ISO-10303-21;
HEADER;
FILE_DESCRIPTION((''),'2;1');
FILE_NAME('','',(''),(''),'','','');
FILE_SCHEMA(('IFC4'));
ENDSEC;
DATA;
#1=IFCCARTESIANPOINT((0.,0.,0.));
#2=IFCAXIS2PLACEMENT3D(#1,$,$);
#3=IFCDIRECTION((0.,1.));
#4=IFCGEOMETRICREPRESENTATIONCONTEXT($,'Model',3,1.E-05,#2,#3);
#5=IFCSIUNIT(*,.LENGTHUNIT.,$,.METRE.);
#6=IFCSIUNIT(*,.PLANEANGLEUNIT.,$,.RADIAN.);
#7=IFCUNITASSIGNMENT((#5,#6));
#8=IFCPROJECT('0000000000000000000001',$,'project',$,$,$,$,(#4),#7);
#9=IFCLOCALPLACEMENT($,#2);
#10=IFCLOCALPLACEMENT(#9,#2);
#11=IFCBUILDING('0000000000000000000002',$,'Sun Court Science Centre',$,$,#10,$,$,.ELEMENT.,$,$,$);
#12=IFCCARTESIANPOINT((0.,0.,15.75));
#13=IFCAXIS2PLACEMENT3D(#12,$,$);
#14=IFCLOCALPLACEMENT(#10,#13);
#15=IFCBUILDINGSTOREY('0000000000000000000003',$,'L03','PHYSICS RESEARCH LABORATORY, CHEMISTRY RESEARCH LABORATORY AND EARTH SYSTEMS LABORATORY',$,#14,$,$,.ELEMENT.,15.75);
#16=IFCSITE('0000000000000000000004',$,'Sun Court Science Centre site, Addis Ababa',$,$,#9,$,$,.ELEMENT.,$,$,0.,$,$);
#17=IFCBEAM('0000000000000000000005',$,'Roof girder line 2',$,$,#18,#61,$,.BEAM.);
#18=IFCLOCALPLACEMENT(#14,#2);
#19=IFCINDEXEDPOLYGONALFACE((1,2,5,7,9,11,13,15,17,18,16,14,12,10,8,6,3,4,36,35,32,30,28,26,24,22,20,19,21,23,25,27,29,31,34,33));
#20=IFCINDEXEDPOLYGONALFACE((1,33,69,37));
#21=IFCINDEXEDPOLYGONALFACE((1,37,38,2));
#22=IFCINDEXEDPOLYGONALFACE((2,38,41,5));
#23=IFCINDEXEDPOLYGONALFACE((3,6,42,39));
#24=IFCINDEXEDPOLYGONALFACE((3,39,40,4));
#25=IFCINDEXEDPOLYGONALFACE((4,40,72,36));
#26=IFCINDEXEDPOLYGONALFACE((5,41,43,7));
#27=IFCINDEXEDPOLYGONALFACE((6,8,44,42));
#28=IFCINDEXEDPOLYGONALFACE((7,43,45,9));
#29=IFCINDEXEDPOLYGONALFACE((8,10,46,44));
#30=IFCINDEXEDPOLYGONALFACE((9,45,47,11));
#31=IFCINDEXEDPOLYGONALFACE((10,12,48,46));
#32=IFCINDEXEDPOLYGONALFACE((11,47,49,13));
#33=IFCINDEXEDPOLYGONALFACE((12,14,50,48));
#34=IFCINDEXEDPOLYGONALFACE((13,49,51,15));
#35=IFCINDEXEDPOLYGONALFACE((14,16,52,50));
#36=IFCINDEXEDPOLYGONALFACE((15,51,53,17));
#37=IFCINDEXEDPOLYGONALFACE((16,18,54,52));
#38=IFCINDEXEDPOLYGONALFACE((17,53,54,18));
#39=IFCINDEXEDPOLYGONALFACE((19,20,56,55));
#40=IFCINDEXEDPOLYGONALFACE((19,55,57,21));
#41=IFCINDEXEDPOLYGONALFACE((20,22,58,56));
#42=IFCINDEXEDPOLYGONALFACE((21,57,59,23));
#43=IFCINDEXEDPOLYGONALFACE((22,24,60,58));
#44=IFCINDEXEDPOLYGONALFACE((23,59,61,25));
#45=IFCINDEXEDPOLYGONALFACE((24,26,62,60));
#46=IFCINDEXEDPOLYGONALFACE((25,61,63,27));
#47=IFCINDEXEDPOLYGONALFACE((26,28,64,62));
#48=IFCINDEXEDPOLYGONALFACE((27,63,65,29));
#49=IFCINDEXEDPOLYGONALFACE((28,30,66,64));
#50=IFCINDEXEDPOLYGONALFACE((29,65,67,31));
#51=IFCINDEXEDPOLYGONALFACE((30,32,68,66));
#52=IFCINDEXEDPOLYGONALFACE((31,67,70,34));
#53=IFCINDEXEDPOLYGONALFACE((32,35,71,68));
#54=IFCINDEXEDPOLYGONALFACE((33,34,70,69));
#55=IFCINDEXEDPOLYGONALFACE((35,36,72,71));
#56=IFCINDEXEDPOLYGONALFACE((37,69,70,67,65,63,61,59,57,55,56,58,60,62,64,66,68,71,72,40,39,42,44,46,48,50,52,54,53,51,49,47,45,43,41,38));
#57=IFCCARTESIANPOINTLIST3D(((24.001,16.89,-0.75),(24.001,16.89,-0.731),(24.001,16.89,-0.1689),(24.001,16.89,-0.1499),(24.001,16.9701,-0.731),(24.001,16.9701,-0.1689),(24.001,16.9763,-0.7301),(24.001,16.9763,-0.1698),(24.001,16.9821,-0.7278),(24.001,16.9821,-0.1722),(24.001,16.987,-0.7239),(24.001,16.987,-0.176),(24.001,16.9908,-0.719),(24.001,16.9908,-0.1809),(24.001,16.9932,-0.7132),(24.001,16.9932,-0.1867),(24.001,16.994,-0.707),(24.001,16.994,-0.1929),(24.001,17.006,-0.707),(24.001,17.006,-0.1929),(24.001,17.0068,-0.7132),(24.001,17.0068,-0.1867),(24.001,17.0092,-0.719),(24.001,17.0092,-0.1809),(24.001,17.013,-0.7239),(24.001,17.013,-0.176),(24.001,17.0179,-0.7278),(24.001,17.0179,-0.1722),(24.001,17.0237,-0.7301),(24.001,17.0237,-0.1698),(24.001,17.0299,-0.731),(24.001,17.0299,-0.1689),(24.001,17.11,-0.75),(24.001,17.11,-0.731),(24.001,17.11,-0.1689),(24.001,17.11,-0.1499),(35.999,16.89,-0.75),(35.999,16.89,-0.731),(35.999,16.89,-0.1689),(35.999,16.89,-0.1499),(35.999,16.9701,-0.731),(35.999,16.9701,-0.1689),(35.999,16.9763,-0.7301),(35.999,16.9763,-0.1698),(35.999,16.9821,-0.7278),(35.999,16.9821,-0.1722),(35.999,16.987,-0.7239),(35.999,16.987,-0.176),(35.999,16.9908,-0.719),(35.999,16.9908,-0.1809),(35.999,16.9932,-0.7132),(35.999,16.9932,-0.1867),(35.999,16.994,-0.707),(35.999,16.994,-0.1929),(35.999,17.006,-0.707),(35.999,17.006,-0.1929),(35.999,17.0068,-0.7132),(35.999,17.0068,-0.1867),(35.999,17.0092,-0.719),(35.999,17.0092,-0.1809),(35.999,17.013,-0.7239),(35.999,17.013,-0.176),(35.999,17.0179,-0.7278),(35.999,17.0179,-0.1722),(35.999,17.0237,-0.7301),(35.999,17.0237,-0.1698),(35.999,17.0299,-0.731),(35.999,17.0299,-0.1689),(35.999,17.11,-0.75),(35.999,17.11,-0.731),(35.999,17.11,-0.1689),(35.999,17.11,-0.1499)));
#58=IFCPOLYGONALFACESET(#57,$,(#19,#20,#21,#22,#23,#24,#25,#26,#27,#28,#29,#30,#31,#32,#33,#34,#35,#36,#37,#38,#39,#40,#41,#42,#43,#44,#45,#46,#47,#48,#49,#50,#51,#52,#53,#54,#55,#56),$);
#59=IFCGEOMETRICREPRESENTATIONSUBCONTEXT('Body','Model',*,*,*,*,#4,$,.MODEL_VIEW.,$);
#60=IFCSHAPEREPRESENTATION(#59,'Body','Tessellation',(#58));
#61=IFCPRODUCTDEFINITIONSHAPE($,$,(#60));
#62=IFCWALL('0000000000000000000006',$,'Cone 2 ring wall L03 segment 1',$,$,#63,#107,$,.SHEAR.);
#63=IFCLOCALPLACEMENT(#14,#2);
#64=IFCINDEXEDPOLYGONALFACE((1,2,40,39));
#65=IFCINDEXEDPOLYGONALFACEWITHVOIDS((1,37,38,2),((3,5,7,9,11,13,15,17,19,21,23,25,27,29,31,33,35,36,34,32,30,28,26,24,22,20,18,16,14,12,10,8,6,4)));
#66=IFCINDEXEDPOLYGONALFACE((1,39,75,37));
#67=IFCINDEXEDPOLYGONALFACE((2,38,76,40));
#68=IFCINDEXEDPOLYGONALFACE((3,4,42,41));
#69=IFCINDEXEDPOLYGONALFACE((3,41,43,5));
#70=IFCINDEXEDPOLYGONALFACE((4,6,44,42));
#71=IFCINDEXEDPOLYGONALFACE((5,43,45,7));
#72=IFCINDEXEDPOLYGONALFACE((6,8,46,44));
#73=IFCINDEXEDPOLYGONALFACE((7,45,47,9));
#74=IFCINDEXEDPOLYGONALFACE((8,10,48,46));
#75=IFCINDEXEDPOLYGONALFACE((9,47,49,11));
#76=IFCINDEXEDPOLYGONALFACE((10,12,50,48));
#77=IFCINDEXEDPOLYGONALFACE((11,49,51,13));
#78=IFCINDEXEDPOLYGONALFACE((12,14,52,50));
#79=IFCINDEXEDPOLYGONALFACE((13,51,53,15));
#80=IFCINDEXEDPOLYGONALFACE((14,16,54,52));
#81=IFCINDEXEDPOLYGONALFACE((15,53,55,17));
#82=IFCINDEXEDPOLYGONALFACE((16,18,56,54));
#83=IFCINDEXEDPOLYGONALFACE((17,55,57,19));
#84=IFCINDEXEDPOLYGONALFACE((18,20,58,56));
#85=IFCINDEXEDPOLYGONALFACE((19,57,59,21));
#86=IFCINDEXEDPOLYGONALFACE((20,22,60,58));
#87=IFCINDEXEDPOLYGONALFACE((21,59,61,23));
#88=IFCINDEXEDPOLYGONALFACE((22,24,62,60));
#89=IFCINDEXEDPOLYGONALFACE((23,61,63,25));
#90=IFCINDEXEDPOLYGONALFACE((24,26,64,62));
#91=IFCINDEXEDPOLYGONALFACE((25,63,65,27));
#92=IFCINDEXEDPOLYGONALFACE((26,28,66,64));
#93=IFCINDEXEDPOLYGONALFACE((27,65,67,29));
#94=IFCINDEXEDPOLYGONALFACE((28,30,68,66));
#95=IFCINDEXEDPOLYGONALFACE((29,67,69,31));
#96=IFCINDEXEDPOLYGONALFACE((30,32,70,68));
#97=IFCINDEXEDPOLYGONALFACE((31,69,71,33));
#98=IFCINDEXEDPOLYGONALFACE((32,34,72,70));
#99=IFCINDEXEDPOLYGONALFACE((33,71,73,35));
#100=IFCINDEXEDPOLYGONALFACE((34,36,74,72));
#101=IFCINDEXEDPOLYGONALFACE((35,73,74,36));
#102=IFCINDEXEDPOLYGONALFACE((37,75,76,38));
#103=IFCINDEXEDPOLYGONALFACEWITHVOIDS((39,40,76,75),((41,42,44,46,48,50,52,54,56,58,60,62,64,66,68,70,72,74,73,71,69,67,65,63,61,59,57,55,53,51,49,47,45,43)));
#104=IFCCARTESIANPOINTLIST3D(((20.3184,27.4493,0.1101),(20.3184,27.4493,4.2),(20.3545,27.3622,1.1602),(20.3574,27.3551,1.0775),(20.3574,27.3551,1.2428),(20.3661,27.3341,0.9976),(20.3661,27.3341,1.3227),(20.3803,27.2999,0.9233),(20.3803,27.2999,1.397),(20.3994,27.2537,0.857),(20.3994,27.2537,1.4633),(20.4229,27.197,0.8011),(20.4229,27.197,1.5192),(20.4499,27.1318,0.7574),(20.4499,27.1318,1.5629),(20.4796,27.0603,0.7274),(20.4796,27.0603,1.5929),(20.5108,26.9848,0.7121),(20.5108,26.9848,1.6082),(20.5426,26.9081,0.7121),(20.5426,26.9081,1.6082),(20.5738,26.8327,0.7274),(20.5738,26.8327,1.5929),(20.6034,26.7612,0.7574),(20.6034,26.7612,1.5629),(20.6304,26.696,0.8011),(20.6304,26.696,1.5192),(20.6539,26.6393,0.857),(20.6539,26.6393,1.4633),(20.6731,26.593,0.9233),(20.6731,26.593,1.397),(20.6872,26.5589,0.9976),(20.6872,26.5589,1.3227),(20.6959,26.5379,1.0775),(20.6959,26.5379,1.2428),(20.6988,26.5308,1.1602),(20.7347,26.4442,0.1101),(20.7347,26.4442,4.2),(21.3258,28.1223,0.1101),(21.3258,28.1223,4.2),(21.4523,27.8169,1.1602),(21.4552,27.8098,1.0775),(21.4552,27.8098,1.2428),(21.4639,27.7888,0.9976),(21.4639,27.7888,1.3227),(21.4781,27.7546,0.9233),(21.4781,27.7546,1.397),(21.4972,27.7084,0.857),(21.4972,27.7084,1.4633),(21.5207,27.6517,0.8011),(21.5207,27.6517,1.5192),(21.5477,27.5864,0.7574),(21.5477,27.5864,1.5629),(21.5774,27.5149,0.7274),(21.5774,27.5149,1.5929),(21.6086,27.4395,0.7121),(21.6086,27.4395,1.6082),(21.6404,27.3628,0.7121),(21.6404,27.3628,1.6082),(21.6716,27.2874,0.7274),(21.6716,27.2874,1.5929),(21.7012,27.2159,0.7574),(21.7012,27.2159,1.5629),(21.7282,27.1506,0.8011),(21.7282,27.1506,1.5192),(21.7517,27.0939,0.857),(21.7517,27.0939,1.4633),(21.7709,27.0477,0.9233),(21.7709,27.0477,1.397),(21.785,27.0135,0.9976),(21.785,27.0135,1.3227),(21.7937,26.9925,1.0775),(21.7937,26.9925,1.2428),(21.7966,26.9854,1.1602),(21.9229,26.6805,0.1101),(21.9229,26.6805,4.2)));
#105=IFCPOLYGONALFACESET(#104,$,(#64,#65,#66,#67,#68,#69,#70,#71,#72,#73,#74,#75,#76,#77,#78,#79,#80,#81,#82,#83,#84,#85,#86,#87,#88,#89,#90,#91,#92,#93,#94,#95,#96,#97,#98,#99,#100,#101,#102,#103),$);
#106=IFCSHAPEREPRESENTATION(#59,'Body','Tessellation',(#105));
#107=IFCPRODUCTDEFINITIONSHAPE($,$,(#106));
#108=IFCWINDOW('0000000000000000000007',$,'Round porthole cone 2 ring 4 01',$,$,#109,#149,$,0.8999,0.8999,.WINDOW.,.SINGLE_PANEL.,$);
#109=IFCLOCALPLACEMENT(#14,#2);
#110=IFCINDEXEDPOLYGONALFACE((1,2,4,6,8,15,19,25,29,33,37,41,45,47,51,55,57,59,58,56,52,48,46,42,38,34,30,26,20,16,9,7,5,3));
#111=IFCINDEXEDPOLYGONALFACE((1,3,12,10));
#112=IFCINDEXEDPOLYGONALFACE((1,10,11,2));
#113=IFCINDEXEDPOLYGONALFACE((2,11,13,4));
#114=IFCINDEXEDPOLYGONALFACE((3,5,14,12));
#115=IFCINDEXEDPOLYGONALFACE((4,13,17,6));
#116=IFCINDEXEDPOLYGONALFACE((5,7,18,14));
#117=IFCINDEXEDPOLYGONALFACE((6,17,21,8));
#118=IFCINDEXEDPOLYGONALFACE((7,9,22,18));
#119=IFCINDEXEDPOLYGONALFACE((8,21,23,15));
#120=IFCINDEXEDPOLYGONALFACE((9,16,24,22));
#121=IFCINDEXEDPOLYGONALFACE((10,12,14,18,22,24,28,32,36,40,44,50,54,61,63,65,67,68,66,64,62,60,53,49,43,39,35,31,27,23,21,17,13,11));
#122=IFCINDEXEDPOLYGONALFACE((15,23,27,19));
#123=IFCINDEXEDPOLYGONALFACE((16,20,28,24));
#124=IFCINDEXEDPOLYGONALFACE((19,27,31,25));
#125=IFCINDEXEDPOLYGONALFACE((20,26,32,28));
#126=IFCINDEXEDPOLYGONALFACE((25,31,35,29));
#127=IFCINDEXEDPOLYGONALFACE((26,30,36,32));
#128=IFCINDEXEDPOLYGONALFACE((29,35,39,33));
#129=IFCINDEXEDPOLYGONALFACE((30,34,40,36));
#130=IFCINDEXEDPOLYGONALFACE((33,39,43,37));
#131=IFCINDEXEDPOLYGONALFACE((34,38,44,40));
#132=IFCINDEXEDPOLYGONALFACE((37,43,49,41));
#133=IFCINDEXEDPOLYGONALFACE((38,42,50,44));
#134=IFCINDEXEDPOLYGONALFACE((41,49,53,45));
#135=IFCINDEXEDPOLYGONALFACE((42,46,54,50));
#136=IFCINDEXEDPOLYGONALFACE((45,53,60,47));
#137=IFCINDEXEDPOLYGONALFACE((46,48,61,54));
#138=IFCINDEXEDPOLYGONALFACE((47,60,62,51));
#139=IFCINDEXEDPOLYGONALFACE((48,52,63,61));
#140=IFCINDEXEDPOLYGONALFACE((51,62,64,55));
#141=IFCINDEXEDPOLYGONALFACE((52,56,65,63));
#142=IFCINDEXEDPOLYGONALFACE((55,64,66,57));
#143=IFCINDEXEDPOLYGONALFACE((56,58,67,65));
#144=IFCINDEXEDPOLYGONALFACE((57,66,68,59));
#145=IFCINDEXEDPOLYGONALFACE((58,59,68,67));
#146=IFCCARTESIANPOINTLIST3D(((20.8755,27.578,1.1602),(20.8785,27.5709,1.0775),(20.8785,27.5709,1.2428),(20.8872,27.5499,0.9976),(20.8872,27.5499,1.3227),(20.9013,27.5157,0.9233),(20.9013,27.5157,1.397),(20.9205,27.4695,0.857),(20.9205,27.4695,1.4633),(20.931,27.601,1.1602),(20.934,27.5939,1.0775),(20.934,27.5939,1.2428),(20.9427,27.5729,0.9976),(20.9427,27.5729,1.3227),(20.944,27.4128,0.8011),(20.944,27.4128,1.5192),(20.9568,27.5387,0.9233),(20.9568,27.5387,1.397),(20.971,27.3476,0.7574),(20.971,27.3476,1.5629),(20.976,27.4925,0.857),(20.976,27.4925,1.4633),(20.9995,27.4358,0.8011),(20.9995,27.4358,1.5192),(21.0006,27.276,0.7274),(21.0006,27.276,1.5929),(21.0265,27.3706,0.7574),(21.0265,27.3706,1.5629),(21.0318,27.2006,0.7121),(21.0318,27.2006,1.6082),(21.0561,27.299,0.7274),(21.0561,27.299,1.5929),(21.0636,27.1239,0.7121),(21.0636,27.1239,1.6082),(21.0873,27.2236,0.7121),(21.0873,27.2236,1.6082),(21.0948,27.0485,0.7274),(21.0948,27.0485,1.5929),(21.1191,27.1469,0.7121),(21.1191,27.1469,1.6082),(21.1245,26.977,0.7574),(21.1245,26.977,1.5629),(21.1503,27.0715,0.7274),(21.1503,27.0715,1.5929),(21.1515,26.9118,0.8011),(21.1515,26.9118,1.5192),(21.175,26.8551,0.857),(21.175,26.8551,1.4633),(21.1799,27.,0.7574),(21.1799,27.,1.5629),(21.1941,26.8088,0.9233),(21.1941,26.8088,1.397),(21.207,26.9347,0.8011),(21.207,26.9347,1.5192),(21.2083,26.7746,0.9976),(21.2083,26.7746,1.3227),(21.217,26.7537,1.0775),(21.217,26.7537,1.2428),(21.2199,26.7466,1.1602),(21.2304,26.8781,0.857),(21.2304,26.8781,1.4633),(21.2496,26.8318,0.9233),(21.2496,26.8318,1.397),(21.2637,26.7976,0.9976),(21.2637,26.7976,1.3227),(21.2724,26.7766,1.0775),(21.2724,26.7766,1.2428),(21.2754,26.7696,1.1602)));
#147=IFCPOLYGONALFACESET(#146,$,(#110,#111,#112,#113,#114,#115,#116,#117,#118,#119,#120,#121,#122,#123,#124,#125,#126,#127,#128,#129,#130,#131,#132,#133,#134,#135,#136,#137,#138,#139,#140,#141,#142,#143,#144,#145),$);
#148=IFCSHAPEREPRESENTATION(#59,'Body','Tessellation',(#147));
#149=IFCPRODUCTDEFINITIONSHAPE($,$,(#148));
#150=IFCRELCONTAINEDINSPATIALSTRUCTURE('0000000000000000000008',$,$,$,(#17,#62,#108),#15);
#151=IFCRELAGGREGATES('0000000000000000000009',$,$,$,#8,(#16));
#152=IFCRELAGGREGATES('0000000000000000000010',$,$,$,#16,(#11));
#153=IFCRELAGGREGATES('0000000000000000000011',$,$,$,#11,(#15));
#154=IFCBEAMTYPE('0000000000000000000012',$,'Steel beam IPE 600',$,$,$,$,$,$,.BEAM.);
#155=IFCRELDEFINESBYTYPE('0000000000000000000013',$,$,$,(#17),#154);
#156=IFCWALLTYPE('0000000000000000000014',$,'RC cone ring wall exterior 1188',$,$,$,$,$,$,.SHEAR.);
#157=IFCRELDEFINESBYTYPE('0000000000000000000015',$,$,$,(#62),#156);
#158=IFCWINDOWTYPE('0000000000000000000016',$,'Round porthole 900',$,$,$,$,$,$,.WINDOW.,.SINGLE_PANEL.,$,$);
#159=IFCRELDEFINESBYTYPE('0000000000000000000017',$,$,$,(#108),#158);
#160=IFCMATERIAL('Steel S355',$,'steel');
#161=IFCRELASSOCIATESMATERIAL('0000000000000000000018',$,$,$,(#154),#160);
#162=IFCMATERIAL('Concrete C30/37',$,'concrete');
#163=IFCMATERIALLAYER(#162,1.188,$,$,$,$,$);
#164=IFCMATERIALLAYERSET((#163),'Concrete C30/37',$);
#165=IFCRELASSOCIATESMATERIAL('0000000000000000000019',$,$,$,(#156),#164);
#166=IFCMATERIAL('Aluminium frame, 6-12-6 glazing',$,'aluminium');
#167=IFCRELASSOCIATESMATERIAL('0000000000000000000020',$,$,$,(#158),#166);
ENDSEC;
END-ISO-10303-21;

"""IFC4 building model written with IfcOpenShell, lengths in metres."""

from ifc_helpers import new_model, si_unit, direction, frame, frame_2d, origin, origin_2d, place, context, subcontext, project, spatial, polyline, circle, i_section, outline, extrude, material, layer, layer_set, material_profile, profile_set, type_object, element, fill, save


model = new_model("IFC4")

# Units and contexts
model_context = context("Model", 3, precision=1e-05, world=origin(), true_north=direction((0.0, 1.0)))
body_context = subcontext(model_context, "Body", "Model", "MODEL_VIEW")
ifc_project = project(units=[si_unit("LENGTHUNIT", "METRE"), si_unit("PLANEANGLEUNIT", "RADIAN")], contexts=[model_context])

# Site, building, storey
site_placement = place(None, origin())
site = spatial("IfcSite", under=ifc_project, at=site_placement, Name="Sun Court Science Centre site, Addis Ababa", CompositionType="ELEMENT", RefElevation=0.0)
building_placement = place(site_placement, origin())
building = spatial("IfcBuilding", under=site, at=building_placement, Name="Sun Court Science Centre", CompositionType="ELEMENT")
storey_placement = place(building_placement, frame((0.0, 0.0, 15.75)))
storey = spatial("IfcBuildingStorey", under=building, at=storey_placement, Name="L03", Description="PHYSICS RESEARCH LABORATORY, CHEMISTRY RESEARCH LABORATORY AND EARTH SYSTEMS LABORATORY", CompositionType="ELEMENT", Elevation=15.75)

# Beam
ifc_material_1 = material(Name="Steel S355", Category="steel")
ifc_material_profile_1 = material_profile(ifc_material_1, i_section(OverallWidth=0.22, OverallDepth=0.6001, WebThickness=0.012, FlangeThickness=0.019, FilletRadius=0.0239, at=origin_2d()), Name="IPE 600")
ifc_profile_set_1 = profile_set([ifc_material_profile_1], Name="Steel S355")
beam_type_1 = type_object("IfcBeamType", Name="Steel beam IPE 600", PredefinedType="BEAM", material=ifc_profile_set_1)
beam_1_placement = place(storey_placement, frame((24.001, 17.0, -0.45), z_axis=(1.0, 0.0, 0.0), x_axis=(0.0, 1.0, 0.0)))
element("IfcBeam", 1, at=beam_1_placement, inside=storey, type_object=beam_type_1, Name="Roof girder line 2", PredefinedType="BEAM", context=body_context, shape_type="SweptSolid", body=[
    extrude(i_section(OverallWidth=0.22, OverallDepth=0.6001, WebThickness=0.012, FlangeThickness=0.019, FilletRadius=0.0239, at=origin_2d()), origin(), (0.0, 0.0, 1.0), 11.998),
])

# Wall, opening, window
ifc_material_2 = material(Name="Concrete C30/37", Category="concrete")
ifc_layer_1 = layer(ifc_material_2, 1.188)
ifc_layer_set_1 = layer_set([ifc_layer_1], Name="Concrete C30/37")
wall_type_1 = type_object("IfcWallType", Name="RC cone ring wall exterior 1188", PredefinedType="SHEAR", material=ifc_layer_set_1)
wall_1_placement = place(storey_placement, frame((21.374, 26.4529, 0.1101), z_axis=(0.0, 0.0, 1.0), x_axis=(-0.382637, 0.923899, 0.0)))
wall_1 = element("IfcWall", 2, at=wall_1_placement, inside=storey, type_object=wall_type_1, Name="Cone 2 ring wall L03 segment 1", PredefinedType="SHEAR", context=body_context, shape_type="SweptSolid", body=[
    extrude(outline(polyline([(0.0002, -0.5942), (1.5608, -0.5942), (1.3245, 0.594), (0.2366, 0.594), (0.0002, -0.5942)])), origin(), (0.0, 0.0, 1.0), 4.0898),
])
opening_1_placement = place(wall_1_placement, frame((0.3303, 0.0, 0.6001)))
opening_1 = element("IfcOpeningElement", 3, at=opening_1_placement, cuts=wall_1, PredefinedType="OPENING", context=body_context, shape_type="SweptSolid", body=[
    extrude(circle(Radius=0.45, at=frame_2d((0.45, 0.45))), frame((0.0, 0.6042, 0.0), z_axis=(0.0, -1.0, 0.0), x_axis=(1.0, 0.0, 0.0)), (0.0, 0.0, 1.0), 1.2085),
])
ifc_material_3 = material(Name="Aluminium frame, 6-12-6 glazing", Category="aluminium")
window_type = type_object("IfcWindowType", Name="Round porthole 900", PartitioningType="SINGLE_PANEL", PredefinedType="WINDOW", material=ifc_material_3)
window_1_placement = place(opening_1_placement, origin())
window_1 = element("IfcWindow", 4, at=window_1_placement, inside=storey, type_object=window_type, Name="Round porthole cone 2 ring 4 01", OverallHeight=0.8999, OverallWidth=0.8999, PartitioningType="SINGLE_PANEL", PredefinedType="WINDOW", context=body_context, shape_type="SweptSolid", body=[
    extrude(circle(Radius=0.45, at=frame_2d((0.45, 0.45))), frame((0.0, 0.03, 0.0), z_axis=(0.0, -1.0, 0.0), x_axis=(1.0, 0.0, 0.0)), (0.0, 0.0, 1.0), 0.0601),
])
fill(opening_1, window_1)

save(model, "model.ifc")
